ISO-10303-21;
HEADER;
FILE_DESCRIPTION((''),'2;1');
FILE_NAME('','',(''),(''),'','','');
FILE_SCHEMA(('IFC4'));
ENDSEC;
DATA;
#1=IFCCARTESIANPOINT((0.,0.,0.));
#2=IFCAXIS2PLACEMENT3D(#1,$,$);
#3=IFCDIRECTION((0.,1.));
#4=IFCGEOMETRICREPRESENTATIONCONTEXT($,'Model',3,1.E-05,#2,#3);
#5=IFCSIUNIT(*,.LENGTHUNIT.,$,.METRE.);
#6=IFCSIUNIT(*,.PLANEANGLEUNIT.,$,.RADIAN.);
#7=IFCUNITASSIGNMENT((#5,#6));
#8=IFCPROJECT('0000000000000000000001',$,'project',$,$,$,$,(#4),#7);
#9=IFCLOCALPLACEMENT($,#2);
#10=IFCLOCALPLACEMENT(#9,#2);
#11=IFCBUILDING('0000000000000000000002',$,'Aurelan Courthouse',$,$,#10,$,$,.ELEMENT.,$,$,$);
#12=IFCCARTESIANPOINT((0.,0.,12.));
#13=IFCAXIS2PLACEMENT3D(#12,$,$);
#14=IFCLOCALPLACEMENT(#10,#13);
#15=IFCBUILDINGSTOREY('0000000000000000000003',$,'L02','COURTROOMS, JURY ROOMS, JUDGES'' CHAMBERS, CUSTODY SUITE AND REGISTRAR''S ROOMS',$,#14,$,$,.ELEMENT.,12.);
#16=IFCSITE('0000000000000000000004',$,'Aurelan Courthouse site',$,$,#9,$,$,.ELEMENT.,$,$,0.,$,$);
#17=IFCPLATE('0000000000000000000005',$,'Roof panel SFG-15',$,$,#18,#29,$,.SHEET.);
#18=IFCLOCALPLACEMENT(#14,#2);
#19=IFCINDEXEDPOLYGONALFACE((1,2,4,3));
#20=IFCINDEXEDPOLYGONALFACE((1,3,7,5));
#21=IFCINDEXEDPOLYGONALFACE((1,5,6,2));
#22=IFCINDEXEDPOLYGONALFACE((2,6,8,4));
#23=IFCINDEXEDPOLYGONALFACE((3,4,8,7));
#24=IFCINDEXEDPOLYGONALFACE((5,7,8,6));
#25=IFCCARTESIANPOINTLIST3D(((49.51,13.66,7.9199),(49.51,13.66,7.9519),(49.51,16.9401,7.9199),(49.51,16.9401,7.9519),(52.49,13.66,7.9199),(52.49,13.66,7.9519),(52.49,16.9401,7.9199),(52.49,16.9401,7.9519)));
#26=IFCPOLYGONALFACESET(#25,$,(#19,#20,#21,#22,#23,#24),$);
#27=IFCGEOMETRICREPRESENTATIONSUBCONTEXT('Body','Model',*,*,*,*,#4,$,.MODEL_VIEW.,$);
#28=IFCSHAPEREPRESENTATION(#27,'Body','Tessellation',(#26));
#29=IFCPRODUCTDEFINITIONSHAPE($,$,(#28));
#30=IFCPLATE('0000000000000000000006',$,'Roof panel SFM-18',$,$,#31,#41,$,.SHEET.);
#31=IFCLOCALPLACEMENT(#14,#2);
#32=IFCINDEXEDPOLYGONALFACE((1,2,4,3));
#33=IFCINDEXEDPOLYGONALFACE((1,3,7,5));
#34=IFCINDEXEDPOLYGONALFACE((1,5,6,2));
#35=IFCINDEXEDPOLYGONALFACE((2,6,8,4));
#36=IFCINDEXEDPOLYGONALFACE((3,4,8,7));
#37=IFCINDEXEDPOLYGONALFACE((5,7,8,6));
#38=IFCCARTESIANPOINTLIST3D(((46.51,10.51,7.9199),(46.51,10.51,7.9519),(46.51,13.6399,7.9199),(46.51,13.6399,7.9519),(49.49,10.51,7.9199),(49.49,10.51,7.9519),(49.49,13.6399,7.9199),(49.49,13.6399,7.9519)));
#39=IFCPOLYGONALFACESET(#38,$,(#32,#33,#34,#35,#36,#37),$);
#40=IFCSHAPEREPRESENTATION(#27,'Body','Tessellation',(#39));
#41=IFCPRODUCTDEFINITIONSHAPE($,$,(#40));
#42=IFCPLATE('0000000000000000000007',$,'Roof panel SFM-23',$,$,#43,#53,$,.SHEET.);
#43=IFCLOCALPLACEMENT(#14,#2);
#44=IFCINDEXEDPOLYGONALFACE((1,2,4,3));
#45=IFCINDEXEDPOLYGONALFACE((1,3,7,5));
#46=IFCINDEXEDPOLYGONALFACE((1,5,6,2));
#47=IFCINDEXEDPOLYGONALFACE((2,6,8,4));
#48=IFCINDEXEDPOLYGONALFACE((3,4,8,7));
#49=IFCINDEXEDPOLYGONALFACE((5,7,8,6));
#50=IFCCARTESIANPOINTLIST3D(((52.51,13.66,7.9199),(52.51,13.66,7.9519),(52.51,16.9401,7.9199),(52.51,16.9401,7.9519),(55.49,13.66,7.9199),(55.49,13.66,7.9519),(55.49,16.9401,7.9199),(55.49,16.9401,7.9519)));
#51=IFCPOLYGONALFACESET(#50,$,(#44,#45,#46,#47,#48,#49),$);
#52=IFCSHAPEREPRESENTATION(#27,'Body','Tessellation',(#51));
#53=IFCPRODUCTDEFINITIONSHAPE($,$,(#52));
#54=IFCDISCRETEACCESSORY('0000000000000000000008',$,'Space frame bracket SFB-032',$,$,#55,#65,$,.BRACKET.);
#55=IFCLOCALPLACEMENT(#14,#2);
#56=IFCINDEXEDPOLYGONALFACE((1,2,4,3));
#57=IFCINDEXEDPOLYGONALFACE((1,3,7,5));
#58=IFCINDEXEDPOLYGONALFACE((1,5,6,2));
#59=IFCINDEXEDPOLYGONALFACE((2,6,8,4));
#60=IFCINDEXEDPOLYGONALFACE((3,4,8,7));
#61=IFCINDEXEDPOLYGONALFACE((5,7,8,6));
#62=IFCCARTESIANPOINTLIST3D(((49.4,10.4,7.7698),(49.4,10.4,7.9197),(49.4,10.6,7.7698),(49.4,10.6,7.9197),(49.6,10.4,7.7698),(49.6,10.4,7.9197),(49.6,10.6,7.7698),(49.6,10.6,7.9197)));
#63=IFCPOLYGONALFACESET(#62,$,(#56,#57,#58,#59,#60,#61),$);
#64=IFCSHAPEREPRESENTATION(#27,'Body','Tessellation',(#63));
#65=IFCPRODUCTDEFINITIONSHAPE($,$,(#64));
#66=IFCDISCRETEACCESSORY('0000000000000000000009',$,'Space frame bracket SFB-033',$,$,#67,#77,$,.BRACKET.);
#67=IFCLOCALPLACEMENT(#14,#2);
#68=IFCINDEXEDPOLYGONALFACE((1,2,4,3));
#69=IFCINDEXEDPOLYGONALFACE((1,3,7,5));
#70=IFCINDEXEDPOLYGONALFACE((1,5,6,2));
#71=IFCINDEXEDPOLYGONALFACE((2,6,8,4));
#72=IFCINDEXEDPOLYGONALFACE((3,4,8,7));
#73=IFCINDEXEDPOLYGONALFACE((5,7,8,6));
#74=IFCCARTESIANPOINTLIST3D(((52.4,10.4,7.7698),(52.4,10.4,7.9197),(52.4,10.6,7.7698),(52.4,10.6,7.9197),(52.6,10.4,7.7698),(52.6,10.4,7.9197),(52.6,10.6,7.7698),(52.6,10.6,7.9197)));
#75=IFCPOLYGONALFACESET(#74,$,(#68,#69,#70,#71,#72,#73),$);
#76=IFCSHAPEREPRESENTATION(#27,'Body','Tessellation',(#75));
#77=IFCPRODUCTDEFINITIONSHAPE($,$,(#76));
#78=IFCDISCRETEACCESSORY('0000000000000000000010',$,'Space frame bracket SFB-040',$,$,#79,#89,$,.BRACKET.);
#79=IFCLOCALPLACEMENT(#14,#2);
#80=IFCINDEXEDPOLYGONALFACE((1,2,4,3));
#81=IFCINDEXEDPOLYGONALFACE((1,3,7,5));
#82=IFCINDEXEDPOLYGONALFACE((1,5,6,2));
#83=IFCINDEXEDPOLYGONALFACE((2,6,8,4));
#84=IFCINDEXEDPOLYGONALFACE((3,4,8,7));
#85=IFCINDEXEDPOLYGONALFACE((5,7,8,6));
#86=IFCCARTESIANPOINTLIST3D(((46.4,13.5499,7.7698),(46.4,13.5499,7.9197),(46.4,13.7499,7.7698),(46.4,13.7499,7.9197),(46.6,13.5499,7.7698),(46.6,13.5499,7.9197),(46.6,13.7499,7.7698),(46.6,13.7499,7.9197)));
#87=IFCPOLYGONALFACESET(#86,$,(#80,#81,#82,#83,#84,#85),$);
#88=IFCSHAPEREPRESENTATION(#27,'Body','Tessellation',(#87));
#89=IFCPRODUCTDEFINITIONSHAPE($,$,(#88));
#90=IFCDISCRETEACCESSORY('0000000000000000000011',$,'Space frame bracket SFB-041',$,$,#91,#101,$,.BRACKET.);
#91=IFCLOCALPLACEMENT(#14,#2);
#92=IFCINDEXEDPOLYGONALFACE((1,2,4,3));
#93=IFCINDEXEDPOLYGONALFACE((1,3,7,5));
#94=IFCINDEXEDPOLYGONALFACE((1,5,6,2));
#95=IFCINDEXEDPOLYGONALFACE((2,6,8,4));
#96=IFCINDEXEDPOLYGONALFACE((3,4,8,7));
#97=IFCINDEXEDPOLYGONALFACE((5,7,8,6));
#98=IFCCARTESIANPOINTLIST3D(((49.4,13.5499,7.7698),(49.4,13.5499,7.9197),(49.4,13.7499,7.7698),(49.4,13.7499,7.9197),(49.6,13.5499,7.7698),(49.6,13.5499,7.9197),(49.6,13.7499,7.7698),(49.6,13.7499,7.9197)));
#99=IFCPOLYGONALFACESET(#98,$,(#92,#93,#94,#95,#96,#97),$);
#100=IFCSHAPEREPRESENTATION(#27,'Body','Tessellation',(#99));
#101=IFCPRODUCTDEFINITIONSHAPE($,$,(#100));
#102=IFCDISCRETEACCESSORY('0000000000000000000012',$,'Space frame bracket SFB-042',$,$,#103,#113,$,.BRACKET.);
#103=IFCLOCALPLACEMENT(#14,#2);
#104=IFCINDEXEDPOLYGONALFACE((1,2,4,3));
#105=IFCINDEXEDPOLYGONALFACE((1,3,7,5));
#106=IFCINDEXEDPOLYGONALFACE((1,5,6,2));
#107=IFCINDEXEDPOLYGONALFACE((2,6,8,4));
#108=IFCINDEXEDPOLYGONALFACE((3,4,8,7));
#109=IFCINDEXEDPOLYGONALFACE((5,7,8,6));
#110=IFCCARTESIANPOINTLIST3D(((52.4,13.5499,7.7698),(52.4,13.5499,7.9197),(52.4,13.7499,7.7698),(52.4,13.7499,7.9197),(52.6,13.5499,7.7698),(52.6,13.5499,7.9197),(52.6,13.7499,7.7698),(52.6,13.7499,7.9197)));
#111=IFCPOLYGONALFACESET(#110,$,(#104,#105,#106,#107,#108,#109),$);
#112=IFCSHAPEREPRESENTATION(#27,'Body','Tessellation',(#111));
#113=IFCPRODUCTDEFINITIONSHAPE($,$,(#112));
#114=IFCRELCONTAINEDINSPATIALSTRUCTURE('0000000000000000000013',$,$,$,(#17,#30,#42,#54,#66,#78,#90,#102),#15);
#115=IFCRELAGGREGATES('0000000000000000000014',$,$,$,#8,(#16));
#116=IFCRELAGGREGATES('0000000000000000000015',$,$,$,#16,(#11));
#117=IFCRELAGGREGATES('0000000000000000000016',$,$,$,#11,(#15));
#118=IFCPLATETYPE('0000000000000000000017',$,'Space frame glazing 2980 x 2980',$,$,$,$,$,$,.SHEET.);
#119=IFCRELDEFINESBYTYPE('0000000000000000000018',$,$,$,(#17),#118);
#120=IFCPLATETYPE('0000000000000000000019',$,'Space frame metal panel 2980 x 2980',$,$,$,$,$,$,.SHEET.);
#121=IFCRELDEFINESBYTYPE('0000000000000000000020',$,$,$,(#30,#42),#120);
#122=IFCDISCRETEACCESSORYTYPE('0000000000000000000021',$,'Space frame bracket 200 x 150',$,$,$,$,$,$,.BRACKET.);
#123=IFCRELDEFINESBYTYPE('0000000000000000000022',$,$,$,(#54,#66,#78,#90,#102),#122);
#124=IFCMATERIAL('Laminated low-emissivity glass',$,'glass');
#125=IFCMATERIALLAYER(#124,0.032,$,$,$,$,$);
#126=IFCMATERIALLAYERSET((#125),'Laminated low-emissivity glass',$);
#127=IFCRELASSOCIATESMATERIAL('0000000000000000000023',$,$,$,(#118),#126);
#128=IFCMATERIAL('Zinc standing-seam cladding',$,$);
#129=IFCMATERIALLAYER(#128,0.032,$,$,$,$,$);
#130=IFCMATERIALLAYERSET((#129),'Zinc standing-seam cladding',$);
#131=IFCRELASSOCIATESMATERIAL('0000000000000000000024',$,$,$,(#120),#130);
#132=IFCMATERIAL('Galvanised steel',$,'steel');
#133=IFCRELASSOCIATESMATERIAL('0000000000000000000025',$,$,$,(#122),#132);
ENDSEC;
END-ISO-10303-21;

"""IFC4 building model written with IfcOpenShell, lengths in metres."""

from ifc_helpers import new_model, si_unit, direction, frame, origin, origin_2d, place, context, subcontext, project, spatial, rectangle, extrude, material, layer, layer_set, type_object, element, save


model = new_model("IFC4")

# Units and contexts
model_context = context("Model", 3, precision=1e-05, world=origin(), true_north=direction((0.0, 1.0)))
body_context = subcontext(model_context, "Body", "Model", "MODEL_VIEW")
ifc_project = project(units=[si_unit("LENGTHUNIT", "METRE"), si_unit("PLANEANGLEUNIT", "RADIAN")], contexts=[model_context])

# Site, building, storey
site_placement = place(None, origin())
site = spatial("IfcSite", under=ifc_project, at=site_placement, Name="Aurelan Courthouse site", CompositionType="ELEMENT", RefElevation=0.0)
building_placement = place(site_placement, origin())
building = spatial("IfcBuilding", under=site, at=building_placement, Name="Aurelan Courthouse", CompositionType="ELEMENT")
storey_placement = place(building_placement, frame((0.0, 0.0, 12.0)))
storey = spatial("IfcBuildingStorey", under=building, at=storey_placement, Name="L02", Description="COURTROOMS, JURY ROOMS, JUDGES' CHAMBERS, CUSTODY SUITE AND REGISTRAR'S ROOMS", CompositionType="ELEMENT", Elevation=12.0)

# Plates
ifc_material_1 = material(Name="Laminated low-emissivity glass", Category="glass")
ifc_layer_1 = layer(ifc_material_1, 0.032)
ifc_layer_set_1 = layer_set([ifc_layer_1], Name="Laminated low-emissivity glass")
plate_type_1 = type_object("IfcPlateType", Name="Space frame glazing 2980 x 2980", PredefinedType="SHEET", material=ifc_layer_set_1)
for number, where, z_axis, x_axis, name in (
    (1, (51.0, 15.3, 7.9199), (0.0, 0.0, 1.0), (1.0, 0.0, 0.0), "Roof panel SFG-15"),
):
    element("IfcPlate", number, at=place(storey_placement, frame(where, z_axis=z_axis, x_axis=x_axis)), inside=storey, type_object=plate_type_1, Name=name, PredefinedType="SHEET", context=body_context, shape_type="SweptSolid", body=[
        extrude(rectangle(XDim=2.98, YDim=3.28, at=origin_2d()), origin(), (0.0, 0.0, 1.0), 0.032),
    ])
ifc_material_2 = material(Name="Zinc standing-seam cladding")
ifc_layer_2 = layer(ifc_material_2, 0.032)
ifc_layer_set_2 = layer_set([ifc_layer_2], Name="Zinc standing-seam cladding")
plate_type_2 = type_object("IfcPlateType", Name="Space frame metal panel 2980 x 2980", PredefinedType="SHEET", material=ifc_layer_set_2)
plate_1_placement = place(storey_placement, frame((48.0, 12.075, 7.9199), z_axis=(0.0, 0.0, 1.0), x_axis=(1.0, 0.0, 0.0)))
element("IfcPlate", 2, at=plate_1_placement, inside=storey, type_object=plate_type_2, Name="Roof panel SFM-18", PredefinedType="SHEET", context=body_context, shape_type="SweptSolid", body=[
    extrude(rectangle(XDim=2.98, YDim=3.1299, at=origin_2d()), origin(), (0.0, 0.0, 1.0), 0.032),
])
plate_2_placement = place(storey_placement, frame((54.0, 15.3, 7.9199), z_axis=(0.0, 0.0, 1.0), x_axis=(1.0, 0.0, 0.0)))
element("IfcPlate", 3, at=plate_2_placement, inside=storey, type_object=plate_type_2, Name="Roof panel SFM-23", PredefinedType="SHEET", context=body_context, shape_type="SweptSolid", body=[
    extrude(rectangle(XDim=2.98, YDim=3.28, at=origin_2d()), origin(), (0.0, 0.0, 1.0), 0.032),
])

# Discrete accessories
ifc_material_3 = material(Name="Galvanised steel", Category="steel")
discrete_accessory_type = type_object("IfcDiscreteAccessoryType", Name="Space frame bracket 200 x 150", PredefinedType="BRACKET", material=ifc_material_3)
for number, where, z_axis, x_axis, name in (
    (4, (49.5, 10.5, 7.7698), (0.0, 0.0, 1.0), (1.0, 0.0, 0.0), "Space frame bracket SFB-032"),
    (5, (52.5, 10.5, 7.7698), (0.0, 0.0, 1.0), (1.0, 0.0, 0.0), "Space frame bracket SFB-033"),
    (6, (46.5, 13.6499, 7.7698), (0.0, 0.0, 1.0), (1.0, 0.0, 0.0), "Space frame bracket SFB-040"),
    (7, (49.5, 13.6499, 7.7698), (0.0, 0.0, 1.0), (1.0, 0.0, 0.0), "Space frame bracket SFB-041"),
    (8, (52.5, 13.6499, 7.7698), (0.0, 0.0, 1.0), (1.0, 0.0, 0.0), "Space frame bracket SFB-042"),
):
    element("IfcDiscreteAccessory", number, at=place(storey_placement, frame(where, z_axis=z_axis, x_axis=x_axis)), inside=storey, type_object=discrete_accessory_type, Name=name, PredefinedType="BRACKET", context=body_context, shape_type="SweptSolid", body=[
        extrude(rectangle(XDim=0.2, YDim=0.2, at=origin_2d()), origin(), (0.0, 0.0, 1.0), 0.1499),
    ])

save(model, "model.ifc")
